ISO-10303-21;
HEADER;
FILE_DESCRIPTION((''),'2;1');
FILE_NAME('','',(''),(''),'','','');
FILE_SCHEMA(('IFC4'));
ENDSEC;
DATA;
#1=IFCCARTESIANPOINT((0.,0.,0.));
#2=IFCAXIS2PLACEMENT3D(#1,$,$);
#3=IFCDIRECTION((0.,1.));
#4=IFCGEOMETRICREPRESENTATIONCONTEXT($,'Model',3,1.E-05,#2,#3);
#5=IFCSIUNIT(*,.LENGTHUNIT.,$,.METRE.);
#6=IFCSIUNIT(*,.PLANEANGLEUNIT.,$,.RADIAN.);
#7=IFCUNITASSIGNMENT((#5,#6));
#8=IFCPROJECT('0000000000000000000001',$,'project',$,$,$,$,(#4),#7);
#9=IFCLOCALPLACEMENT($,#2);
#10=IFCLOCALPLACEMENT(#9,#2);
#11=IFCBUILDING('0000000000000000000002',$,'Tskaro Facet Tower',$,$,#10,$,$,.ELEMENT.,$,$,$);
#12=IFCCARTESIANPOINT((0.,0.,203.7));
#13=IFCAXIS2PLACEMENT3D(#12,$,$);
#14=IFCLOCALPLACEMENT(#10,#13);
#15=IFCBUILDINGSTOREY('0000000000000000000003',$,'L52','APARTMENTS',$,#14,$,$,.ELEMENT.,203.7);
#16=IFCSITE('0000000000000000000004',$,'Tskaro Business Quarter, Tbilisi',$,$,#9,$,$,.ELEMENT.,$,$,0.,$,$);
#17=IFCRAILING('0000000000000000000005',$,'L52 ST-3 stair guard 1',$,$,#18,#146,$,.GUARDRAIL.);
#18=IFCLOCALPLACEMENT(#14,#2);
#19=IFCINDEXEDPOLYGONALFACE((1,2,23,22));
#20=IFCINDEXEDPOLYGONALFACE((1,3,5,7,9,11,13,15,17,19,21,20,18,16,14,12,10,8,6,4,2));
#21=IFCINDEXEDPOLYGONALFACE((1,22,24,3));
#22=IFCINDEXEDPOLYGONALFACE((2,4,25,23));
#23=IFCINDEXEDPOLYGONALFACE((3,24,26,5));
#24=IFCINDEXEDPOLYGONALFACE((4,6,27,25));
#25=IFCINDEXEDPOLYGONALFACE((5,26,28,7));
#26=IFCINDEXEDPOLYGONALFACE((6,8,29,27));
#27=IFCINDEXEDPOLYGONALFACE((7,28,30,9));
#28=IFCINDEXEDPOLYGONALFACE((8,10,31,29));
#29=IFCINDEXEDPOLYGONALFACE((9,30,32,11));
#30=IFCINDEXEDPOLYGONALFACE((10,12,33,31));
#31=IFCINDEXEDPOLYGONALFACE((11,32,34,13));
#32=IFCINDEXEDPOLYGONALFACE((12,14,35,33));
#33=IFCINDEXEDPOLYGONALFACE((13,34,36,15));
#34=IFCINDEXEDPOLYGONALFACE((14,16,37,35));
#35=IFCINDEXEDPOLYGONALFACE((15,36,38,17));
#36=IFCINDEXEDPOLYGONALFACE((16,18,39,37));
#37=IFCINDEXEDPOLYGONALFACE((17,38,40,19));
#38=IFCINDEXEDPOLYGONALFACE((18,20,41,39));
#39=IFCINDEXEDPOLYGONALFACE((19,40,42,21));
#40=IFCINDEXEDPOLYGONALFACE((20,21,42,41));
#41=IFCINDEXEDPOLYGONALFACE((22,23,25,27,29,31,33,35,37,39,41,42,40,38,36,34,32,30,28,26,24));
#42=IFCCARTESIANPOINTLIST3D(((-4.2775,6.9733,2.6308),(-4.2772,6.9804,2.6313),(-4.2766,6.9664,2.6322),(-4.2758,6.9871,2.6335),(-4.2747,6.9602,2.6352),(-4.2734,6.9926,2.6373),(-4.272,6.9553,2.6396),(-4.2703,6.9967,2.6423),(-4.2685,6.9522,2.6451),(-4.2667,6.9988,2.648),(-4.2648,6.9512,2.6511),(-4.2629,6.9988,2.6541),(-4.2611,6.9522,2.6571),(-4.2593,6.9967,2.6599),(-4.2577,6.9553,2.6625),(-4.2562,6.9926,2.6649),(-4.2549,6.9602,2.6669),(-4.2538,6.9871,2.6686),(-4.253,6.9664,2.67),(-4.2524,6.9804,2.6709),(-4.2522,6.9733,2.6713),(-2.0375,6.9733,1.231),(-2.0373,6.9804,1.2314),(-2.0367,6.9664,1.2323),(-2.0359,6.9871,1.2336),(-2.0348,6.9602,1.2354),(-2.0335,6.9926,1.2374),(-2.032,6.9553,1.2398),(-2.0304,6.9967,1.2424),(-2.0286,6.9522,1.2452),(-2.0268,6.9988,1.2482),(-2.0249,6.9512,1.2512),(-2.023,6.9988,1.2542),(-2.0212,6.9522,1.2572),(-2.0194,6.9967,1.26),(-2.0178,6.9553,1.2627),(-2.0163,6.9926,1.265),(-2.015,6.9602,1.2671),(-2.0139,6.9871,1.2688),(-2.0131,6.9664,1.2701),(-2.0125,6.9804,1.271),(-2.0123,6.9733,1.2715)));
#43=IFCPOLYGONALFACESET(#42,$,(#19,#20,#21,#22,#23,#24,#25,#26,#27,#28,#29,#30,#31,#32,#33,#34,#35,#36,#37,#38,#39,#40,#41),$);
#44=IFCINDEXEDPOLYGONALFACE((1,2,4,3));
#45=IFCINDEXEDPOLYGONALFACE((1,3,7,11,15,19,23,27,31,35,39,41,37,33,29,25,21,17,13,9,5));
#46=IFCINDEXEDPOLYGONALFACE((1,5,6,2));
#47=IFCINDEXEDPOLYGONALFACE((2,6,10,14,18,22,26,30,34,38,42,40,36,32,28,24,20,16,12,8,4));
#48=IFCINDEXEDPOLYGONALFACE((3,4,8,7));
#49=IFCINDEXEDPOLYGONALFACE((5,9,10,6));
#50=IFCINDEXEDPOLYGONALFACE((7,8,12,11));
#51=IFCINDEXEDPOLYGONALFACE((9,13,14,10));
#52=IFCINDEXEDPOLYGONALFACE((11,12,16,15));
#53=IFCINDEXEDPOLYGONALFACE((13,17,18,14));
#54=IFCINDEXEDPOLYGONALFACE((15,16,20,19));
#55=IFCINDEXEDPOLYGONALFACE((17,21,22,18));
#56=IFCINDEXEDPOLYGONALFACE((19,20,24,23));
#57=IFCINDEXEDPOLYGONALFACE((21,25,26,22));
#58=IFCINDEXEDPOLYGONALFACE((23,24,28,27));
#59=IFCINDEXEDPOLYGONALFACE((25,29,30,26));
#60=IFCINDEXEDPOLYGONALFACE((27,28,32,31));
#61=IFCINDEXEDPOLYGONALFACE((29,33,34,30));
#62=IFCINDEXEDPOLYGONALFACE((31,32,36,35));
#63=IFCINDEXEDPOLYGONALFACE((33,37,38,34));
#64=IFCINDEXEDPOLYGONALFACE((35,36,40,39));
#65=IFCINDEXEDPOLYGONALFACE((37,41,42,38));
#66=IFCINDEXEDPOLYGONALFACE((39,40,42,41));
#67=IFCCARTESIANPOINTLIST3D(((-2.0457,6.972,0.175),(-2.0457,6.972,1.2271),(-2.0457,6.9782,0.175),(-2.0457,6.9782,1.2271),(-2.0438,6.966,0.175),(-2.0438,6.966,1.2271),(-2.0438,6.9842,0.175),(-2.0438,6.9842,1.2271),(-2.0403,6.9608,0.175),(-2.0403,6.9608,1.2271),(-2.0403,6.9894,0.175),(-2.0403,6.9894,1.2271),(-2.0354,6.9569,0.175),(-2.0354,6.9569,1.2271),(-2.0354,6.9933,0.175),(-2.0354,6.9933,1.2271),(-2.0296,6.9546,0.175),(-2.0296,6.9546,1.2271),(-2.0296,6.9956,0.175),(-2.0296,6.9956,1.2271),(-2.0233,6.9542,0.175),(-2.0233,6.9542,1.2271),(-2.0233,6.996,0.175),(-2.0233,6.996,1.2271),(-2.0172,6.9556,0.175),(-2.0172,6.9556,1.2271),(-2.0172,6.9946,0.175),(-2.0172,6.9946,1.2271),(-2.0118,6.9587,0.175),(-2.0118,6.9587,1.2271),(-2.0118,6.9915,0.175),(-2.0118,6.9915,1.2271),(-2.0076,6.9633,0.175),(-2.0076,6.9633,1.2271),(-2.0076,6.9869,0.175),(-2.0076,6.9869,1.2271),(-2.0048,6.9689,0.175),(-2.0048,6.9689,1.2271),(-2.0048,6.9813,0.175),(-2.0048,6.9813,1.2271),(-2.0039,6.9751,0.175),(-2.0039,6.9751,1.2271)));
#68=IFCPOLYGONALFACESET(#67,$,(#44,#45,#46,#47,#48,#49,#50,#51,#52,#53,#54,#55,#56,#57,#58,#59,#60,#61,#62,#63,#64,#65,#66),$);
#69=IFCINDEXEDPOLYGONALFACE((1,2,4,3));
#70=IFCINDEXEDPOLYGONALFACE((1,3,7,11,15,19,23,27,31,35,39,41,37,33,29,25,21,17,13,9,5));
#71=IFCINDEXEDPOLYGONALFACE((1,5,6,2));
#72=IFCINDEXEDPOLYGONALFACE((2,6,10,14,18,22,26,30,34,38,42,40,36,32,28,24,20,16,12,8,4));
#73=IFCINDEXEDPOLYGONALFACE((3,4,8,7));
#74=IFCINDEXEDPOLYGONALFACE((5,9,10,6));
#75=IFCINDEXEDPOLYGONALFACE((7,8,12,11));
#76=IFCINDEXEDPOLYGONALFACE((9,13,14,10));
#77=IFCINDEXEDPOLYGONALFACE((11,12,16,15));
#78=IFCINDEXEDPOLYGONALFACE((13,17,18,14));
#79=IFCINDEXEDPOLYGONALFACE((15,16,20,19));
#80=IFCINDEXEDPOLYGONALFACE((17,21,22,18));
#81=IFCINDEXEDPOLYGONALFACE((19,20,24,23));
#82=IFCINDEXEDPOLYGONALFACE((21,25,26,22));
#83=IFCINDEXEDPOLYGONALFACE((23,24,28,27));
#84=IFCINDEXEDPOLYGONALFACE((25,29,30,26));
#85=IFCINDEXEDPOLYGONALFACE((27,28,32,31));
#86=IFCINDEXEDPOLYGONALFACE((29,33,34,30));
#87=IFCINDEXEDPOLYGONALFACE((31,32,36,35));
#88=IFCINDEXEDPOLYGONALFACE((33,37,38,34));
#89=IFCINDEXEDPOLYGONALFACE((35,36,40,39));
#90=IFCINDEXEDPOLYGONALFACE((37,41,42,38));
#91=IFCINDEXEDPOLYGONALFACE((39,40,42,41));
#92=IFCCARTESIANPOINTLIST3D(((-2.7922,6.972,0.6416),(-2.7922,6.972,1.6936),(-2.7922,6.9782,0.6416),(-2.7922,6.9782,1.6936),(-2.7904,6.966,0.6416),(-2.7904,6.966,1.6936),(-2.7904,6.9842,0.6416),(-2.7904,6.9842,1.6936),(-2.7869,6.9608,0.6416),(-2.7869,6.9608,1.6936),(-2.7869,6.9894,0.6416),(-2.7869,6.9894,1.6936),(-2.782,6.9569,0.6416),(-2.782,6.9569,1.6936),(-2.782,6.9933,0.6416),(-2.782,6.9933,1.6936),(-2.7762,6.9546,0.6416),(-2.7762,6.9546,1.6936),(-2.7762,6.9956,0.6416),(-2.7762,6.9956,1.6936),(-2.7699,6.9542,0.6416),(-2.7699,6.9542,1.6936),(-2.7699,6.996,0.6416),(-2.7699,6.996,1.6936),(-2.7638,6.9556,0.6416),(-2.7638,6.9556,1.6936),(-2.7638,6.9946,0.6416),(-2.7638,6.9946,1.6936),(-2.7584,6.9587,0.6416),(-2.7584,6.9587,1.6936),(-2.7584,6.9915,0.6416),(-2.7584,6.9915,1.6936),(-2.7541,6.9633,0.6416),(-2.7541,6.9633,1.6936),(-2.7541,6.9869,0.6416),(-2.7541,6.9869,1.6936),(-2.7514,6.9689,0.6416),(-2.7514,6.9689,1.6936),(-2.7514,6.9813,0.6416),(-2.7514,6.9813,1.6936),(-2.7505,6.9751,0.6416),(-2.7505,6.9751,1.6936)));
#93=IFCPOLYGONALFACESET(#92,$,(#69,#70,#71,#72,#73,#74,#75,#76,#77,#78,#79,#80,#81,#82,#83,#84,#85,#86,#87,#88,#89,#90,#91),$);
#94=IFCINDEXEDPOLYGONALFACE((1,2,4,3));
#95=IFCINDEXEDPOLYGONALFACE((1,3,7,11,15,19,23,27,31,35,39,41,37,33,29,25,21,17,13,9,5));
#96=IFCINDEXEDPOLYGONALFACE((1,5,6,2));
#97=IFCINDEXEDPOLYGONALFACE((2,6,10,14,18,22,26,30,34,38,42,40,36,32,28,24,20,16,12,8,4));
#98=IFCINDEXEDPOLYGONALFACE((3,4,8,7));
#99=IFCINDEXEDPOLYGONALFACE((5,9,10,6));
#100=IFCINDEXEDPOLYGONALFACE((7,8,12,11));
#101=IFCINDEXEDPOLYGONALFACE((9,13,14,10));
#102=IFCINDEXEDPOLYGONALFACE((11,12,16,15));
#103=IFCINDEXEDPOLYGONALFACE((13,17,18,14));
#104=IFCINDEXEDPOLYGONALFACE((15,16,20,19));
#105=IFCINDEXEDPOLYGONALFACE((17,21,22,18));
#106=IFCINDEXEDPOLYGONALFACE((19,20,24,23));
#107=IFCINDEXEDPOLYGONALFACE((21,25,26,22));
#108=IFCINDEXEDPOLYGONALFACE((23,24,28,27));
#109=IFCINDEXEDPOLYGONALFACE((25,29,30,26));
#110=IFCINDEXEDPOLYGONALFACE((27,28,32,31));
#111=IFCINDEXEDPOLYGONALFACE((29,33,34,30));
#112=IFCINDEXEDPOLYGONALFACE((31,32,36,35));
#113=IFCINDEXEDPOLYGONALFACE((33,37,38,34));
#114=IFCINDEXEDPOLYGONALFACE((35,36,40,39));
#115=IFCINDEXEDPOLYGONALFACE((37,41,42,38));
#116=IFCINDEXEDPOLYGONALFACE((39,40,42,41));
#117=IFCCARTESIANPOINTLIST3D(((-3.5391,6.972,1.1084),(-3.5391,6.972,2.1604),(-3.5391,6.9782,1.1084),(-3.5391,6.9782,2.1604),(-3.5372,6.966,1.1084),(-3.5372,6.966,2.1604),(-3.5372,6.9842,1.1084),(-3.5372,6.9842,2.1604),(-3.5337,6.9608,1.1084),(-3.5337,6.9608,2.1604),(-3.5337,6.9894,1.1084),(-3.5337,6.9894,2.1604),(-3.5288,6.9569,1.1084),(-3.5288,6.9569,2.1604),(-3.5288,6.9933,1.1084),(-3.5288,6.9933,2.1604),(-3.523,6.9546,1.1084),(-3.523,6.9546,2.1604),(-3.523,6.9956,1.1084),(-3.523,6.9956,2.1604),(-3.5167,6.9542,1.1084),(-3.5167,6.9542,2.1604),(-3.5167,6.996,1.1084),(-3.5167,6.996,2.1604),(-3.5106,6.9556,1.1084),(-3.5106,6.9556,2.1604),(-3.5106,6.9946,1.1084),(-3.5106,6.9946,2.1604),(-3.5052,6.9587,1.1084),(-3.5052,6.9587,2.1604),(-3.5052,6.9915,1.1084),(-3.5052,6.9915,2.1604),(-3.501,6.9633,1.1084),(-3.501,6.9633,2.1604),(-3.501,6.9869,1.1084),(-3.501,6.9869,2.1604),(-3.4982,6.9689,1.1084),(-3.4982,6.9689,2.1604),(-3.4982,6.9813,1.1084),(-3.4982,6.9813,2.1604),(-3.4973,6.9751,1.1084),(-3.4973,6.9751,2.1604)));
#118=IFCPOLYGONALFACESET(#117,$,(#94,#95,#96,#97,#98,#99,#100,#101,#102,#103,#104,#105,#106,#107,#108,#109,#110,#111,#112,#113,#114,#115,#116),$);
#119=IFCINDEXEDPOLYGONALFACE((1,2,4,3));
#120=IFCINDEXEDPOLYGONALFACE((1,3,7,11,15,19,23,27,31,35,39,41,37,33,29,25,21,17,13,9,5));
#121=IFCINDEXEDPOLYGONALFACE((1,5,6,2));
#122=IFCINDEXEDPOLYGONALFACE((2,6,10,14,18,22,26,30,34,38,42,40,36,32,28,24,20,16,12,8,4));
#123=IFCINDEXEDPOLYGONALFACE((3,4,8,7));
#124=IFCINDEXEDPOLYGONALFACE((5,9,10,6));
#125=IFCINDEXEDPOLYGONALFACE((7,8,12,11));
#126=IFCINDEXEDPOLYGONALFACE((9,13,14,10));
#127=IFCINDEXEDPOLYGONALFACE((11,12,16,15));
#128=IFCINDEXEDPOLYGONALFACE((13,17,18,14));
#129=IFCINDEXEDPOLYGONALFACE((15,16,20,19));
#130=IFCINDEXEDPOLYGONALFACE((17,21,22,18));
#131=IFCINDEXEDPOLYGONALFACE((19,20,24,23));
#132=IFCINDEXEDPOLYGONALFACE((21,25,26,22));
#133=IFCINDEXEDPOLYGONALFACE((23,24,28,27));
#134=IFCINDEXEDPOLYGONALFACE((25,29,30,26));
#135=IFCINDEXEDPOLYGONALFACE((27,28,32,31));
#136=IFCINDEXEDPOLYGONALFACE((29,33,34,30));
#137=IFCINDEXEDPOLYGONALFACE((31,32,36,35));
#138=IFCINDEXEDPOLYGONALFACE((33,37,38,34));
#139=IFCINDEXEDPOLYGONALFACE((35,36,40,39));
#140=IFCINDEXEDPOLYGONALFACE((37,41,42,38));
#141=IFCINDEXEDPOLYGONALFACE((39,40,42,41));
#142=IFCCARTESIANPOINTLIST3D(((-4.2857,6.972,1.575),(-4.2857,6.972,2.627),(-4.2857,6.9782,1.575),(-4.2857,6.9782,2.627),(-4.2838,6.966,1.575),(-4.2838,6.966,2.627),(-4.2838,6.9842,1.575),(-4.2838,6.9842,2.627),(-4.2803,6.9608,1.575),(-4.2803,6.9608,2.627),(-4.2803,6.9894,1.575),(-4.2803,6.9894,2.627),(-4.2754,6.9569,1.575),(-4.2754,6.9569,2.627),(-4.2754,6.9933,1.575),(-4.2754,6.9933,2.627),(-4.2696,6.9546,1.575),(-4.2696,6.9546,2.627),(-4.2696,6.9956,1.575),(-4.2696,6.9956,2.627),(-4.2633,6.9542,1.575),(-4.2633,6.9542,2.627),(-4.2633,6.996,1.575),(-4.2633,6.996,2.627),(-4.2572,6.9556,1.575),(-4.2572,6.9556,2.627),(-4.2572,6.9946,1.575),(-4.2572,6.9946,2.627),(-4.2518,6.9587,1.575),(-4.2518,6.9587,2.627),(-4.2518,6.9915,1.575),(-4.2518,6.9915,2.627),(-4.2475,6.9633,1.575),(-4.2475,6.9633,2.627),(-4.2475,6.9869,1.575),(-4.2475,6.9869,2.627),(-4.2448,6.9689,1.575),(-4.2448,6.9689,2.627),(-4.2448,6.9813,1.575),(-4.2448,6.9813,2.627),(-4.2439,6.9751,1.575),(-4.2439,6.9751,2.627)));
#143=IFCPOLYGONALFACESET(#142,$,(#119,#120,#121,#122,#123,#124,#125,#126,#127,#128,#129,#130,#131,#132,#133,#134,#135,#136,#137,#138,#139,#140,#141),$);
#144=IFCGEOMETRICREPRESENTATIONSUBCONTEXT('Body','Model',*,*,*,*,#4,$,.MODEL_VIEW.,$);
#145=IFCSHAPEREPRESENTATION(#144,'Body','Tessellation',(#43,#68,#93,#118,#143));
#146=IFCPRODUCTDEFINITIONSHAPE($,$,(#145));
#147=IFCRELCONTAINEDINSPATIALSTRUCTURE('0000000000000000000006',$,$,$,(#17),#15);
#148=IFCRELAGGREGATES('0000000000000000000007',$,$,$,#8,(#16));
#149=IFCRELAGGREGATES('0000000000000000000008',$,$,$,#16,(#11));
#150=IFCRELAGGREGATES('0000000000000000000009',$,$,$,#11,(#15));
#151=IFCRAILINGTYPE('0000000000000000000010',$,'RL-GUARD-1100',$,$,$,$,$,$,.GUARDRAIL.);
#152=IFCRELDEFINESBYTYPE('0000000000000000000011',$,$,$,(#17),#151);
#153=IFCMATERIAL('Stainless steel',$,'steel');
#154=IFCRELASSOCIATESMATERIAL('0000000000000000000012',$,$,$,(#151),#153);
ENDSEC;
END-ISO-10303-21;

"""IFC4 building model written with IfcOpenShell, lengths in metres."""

from ifc_helpers import new_model, si_unit, direction, frame, origin, origin_2d, place, context, subcontext, project, spatial, circle, extrude, material, type_object, element, save


model = new_model("IFC4")

# Units and contexts
model_context = context("Model", 3, precision=1e-05, world=origin(), true_north=direction((0.0, 1.0)))
body_context = subcontext(model_context, "Body", "Model", "MODEL_VIEW")
ifc_project = project(units=[si_unit("LENGTHUNIT", "METRE"), si_unit("PLANEANGLEUNIT", "RADIAN")], contexts=[model_context])

# Site, building, storey
site_placement = place(None, origin())
site = spatial("IfcSite", under=ifc_project, at=site_placement, Name="Tskaro Business Quarter, Tbilisi", CompositionType="ELEMENT", RefElevation=0.0)
building_placement = place(site_placement, origin())
building = spatial("IfcBuilding", under=site, at=building_placement, Name="Tskaro Facet Tower", CompositionType="ELEMENT")
storey_placement = place(building_placement, frame((0.0, 0.0, 203.7)))
storey = spatial("IfcBuildingStorey", under=building, at=storey_placement, Name="L52", Description="APARTMENTS", CompositionType="ELEMENT", Elevation=203.7)

# Railing
ifc_material_1 = material(Name="Stainless steel", Category="steel")
railing_type_1 = type_object("IfcRailingType", Name="RL-GUARD-1100", PredefinedType="GUARDRAIL", material=ifc_material_1)
railing_1_placement = place(storey_placement, frame((-2.0249, 6.9751, 0.175)))
element("IfcRailing", 1, at=railing_1_placement, inside=storey, type_object=railing_type_1, Name="L52 ST-3 stair guard 1", PredefinedType="GUARDRAIL", context=body_context, shape_type="SweptSolid", body=[
    extrude(circle(Radius=0.0239, at=origin_2d()), frame((0.0, 0.0, 1.0762), z_axis=(-0.848014, 0.0, 0.529974), x_axis=(0.0, -1.0, 0.0)), (0.0, 0.0, 1.0), 2.6414),
    extrude(circle(Radius=0.021, at=origin_2d()), origin(), (0.0, 0.0, 1.0), 1.052),
    extrude(circle(Radius=0.021, at=origin_2d()), frame((-0.7466, 0.0, 0.4666)), (0.0, 0.0, 1.0), 1.052),
    extrude(circle(Radius=0.021, at=origin_2d()), frame((-1.4934, 0.0, 0.9333)), (0.0, 0.0, 1.0), 1.052),
    extrude(circle(Radius=0.021, at=origin_2d()), frame((-2.24, 0.0, 1.3999)), (0.0, 0.0, 1.0), 1.052),
])

save(model, "model.ifc")
